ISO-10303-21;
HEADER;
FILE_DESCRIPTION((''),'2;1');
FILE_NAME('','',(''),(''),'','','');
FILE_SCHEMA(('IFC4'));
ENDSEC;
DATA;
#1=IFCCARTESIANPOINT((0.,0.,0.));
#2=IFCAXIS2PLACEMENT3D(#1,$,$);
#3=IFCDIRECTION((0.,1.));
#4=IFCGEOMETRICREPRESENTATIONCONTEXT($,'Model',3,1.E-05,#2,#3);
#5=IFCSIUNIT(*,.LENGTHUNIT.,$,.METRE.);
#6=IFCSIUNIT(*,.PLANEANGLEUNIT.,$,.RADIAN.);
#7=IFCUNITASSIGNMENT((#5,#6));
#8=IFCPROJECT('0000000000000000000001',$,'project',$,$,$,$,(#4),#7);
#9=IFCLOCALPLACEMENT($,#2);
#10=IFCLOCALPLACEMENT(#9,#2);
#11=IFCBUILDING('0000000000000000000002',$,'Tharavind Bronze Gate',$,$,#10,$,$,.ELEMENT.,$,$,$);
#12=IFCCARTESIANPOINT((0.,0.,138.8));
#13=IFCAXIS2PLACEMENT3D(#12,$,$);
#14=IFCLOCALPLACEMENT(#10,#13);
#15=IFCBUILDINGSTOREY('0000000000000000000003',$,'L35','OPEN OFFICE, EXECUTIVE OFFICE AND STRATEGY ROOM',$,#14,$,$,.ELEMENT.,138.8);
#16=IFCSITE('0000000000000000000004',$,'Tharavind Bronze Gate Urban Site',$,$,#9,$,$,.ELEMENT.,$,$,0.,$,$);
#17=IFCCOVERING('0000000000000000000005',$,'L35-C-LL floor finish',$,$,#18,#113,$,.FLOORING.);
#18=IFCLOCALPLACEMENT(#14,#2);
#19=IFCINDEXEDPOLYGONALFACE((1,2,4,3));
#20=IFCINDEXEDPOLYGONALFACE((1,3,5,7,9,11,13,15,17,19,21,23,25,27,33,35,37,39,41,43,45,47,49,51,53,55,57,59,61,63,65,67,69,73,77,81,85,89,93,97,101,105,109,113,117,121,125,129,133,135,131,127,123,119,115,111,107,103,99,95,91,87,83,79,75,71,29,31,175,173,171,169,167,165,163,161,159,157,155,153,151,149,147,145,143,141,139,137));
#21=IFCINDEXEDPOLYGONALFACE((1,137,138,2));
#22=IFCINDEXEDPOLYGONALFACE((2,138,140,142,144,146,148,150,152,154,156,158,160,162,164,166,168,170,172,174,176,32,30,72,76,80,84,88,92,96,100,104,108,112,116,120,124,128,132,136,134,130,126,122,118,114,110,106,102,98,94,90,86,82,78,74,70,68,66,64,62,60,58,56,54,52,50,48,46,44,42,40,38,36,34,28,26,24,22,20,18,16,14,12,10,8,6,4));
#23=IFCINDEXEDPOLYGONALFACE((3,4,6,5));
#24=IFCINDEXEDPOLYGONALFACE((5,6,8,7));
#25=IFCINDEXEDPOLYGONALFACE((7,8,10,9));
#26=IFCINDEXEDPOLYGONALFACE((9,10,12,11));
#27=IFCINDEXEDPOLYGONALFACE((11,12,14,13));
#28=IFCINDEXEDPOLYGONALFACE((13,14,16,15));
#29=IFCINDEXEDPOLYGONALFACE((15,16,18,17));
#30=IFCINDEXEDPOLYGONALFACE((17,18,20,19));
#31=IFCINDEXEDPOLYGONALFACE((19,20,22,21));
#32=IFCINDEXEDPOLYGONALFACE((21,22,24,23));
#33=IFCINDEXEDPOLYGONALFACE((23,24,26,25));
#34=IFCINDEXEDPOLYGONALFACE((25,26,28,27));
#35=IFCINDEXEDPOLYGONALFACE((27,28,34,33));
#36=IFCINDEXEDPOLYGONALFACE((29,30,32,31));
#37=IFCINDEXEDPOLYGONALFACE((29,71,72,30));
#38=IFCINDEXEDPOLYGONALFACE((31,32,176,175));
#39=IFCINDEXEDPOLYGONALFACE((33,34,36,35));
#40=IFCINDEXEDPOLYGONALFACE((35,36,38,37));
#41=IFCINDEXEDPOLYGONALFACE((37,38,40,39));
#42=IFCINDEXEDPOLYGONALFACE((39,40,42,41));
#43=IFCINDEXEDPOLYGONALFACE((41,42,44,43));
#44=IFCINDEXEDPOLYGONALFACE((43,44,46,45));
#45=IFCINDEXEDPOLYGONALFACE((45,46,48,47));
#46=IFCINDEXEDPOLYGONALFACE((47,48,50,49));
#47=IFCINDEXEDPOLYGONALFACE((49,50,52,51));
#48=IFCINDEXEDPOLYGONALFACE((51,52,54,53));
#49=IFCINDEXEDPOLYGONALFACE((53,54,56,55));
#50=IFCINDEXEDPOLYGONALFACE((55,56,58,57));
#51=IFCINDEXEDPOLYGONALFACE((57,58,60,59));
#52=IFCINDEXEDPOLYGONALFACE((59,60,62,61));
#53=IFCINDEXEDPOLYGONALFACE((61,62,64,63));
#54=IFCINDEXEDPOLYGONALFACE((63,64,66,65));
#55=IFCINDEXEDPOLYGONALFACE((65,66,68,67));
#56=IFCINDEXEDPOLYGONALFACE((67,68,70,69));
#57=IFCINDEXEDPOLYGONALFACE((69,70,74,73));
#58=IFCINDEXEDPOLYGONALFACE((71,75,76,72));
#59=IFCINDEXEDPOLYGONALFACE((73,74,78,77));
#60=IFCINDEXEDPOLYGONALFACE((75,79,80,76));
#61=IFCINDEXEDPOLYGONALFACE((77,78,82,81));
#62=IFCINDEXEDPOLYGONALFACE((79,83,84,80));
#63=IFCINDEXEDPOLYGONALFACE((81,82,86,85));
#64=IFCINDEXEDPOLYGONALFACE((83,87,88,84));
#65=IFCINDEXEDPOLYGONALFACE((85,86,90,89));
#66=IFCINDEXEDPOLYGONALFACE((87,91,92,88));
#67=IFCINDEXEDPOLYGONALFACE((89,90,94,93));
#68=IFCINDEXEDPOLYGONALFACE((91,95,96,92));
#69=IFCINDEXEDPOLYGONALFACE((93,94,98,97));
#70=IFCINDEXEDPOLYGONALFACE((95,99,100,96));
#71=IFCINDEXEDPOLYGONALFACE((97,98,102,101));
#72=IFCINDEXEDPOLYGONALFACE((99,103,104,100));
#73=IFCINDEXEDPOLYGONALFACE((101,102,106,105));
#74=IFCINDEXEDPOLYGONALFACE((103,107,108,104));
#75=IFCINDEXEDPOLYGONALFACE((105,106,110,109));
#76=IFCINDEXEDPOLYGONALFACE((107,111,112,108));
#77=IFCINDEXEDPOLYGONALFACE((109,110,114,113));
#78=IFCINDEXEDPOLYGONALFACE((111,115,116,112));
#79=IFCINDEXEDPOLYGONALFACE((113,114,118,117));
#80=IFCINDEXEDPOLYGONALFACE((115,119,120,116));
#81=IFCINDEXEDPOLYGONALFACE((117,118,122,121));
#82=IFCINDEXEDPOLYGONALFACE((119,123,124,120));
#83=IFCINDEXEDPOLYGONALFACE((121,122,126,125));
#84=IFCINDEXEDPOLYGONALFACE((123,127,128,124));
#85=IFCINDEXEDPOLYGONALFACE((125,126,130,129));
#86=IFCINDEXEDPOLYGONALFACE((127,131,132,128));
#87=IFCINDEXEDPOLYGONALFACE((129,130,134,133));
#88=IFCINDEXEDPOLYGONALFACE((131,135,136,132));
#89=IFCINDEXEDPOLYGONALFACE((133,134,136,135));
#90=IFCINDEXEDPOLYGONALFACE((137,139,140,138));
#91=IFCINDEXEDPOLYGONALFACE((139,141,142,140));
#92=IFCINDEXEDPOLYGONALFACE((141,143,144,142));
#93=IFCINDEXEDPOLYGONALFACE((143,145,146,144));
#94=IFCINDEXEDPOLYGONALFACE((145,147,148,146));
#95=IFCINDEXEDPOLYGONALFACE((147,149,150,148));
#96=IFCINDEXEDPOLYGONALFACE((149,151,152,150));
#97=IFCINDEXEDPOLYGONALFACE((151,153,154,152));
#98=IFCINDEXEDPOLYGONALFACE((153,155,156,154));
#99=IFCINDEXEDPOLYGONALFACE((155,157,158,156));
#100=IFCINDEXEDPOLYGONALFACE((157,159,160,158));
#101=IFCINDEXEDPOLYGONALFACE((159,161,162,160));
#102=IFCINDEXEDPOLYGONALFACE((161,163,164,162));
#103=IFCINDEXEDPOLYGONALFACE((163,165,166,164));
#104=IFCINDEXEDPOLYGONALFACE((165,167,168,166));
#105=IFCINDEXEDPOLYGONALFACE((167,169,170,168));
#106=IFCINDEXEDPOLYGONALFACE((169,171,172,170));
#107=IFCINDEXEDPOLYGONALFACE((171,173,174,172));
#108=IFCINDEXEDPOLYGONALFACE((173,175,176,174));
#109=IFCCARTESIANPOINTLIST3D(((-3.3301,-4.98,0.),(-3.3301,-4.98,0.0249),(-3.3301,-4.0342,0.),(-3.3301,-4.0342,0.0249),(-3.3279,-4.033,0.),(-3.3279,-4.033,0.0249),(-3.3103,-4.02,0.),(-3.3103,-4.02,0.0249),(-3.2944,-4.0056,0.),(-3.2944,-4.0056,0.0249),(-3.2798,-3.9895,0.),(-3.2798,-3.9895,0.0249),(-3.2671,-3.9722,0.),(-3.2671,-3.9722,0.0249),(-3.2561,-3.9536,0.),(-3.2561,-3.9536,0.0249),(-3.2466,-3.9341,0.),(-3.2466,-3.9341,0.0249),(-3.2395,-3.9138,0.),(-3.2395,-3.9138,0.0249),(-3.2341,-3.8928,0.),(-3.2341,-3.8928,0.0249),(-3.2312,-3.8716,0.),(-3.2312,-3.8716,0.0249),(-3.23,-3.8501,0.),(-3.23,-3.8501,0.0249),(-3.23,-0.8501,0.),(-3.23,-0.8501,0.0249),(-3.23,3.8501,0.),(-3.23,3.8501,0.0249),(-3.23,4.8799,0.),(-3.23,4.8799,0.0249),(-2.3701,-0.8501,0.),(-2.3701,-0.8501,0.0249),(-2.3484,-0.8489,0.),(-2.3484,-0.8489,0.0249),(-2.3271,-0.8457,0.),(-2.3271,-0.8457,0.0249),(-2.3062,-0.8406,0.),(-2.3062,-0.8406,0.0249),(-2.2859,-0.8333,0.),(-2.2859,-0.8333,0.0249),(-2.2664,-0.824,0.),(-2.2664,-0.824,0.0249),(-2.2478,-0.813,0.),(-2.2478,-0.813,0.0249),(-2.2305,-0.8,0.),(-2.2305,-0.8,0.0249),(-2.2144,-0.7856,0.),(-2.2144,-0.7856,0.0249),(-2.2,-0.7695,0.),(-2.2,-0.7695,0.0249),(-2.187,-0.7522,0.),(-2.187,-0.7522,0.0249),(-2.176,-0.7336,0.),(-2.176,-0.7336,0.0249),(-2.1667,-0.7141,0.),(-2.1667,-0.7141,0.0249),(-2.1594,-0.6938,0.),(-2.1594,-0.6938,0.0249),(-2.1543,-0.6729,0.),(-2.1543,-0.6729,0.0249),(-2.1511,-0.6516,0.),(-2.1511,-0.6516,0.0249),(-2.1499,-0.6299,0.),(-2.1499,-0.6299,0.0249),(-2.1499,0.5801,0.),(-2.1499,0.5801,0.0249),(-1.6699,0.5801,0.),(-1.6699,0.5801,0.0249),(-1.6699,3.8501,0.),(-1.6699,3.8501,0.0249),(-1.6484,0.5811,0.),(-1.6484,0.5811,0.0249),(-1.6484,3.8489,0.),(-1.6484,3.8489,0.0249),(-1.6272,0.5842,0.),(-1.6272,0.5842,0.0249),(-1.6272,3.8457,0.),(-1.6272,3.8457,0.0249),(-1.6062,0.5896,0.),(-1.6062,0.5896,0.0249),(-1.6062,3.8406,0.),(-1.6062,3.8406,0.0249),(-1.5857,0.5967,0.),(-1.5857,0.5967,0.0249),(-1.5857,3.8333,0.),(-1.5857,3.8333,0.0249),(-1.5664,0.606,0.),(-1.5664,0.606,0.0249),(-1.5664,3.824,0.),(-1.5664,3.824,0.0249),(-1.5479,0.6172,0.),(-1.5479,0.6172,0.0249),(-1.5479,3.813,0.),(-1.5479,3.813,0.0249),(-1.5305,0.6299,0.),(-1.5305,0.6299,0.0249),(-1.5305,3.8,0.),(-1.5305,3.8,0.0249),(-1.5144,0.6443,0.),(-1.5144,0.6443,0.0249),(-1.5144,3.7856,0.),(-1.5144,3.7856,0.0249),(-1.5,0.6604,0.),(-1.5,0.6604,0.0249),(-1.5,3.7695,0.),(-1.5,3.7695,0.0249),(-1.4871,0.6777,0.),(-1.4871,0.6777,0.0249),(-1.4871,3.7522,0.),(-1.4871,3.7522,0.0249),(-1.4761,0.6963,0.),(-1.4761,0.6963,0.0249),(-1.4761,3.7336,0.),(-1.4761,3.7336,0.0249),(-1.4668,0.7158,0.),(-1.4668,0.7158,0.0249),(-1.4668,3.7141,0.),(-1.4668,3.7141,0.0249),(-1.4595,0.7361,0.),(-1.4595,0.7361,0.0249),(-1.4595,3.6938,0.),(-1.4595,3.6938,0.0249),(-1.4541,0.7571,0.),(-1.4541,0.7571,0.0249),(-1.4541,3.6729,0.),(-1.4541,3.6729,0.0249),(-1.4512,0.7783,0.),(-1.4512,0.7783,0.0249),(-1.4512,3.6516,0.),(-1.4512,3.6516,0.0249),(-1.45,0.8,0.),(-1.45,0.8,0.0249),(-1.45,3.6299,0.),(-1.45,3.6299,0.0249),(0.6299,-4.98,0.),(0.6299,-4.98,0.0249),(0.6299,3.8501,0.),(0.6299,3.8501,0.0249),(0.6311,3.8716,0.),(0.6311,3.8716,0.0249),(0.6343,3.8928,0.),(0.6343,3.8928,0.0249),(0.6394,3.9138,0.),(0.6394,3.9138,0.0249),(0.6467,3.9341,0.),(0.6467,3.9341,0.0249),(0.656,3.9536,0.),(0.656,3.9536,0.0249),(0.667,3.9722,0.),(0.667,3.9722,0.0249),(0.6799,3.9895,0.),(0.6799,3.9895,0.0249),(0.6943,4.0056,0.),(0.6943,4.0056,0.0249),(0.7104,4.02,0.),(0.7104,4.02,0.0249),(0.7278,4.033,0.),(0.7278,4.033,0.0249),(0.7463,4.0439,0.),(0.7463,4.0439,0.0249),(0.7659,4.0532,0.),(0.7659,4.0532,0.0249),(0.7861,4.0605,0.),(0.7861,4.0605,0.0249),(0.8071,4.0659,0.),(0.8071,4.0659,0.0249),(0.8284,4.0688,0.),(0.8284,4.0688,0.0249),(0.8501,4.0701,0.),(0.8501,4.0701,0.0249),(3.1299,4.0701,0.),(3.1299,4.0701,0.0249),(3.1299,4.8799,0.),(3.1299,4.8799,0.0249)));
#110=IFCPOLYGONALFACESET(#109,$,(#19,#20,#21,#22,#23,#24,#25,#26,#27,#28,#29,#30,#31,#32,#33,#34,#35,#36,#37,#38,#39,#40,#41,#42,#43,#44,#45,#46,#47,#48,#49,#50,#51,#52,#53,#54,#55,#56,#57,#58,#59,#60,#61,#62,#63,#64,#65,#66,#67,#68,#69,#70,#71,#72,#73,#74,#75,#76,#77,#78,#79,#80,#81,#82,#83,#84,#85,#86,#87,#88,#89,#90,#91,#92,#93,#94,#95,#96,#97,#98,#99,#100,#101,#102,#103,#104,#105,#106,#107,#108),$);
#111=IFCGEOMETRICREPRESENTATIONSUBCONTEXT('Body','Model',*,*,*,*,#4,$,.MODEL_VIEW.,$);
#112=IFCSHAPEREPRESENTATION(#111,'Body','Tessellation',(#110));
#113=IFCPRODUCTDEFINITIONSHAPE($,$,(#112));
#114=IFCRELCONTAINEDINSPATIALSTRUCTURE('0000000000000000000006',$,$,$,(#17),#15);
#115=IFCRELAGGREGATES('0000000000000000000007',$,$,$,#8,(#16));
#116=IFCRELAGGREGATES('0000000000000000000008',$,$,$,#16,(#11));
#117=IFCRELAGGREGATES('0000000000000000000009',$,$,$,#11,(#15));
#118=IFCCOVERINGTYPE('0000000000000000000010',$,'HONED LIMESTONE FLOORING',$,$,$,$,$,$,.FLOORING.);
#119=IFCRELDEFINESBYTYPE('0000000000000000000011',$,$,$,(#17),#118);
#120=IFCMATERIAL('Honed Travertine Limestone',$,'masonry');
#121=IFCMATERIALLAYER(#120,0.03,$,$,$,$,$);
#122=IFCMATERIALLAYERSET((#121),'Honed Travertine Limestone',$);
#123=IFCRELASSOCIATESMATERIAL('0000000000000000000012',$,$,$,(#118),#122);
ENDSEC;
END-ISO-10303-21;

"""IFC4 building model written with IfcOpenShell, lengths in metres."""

from ifc_helpers import new_model, si_unit, direction, frame, origin, place, context, subcontext, project, spatial, polyline, outline, extrude, material, layer, layer_set, type_object, element, save


model = new_model("IFC4")

# Units and contexts
model_context = context("Model", 3, precision=1e-05, world=origin(), true_north=direction((0.0, 1.0)))
body_context = subcontext(model_context, "Body", "Model", "MODEL_VIEW")
ifc_project = project(units=[si_unit("LENGTHUNIT", "METRE"), si_unit("PLANEANGLEUNIT", "RADIAN")], contexts=[model_context])

# Site, building, storey
site_placement = place(None, origin())
site = spatial("IfcSite", under=ifc_project, at=site_placement, Name="Tharavind Bronze Gate Urban Site", CompositionType="ELEMENT", RefElevation=0.0)
building_placement = place(site_placement, origin())
building = spatial("IfcBuilding", under=site, at=building_placement, Name="Tharavind Bronze Gate", CompositionType="ELEMENT")
storey_placement = place(building_placement, frame((0.0, 0.0, 138.8)))
storey = spatial("IfcBuildingStorey", under=building, at=storey_placement, Name="L35", Description="OPEN OFFICE, EXECUTIVE OFFICE AND STRATEGY ROOM", CompositionType="ELEMENT", Elevation=138.8)

# Covering
ifc_material_1 = material(Name="Honed Travertine Limestone", Category="masonry")
ifc_layer_1 = layer(ifc_material_1, 0.03)
ifc_layer_set_1 = layer_set([ifc_layer_1], Name="Honed Travertine Limestone")
covering_type_1 = type_object("IfcCoveringType", Name="HONED LIMESTONE FLOORING", PredefinedType="FLOORING", material=ifc_layer_set_1)
covering_1_placement = place(storey_placement, origin())
element("IfcCovering", 1, at=covering_1_placement, inside=storey, type_object=covering_type_1, Name="L35-C-LL floor finish", PredefinedType="FLOORING", context=body_context, shape_type="SweptSolid", body=[
    extrude(outline(polyline([(-3.3301, -4.98), (0.6299, -4.98), (0.6299, 3.8501), (0.6311, 3.8716), (0.6343, 3.8928), (0.6394, 3.9138), (0.6467, 3.9341), (0.656, 3.9536), (0.667, 3.9722), (0.6799, 3.9895), (0.6943, 4.0056), (0.7104, 4.02), (0.7278, 4.033), (0.7463, 4.0439), (0.7659, 4.0532), (0.7861, 4.0605), (0.8071, 4.0659), (0.8284, 4.0688), (0.8501, 4.0701), (3.1299, 4.0701), (3.1299, 4.8799), (-3.23, 4.8799), (-3.23, 3.8501), (-1.6699, 3.8501), (-1.6484, 3.8489), (-1.6272, 3.8457), (-1.6062, 3.8406), (-1.5857, 3.8333), (-1.5664, 3.824), (-1.5479, 3.813), (-1.5305, 3.8), (-1.5144, 3.7856), (-1.5, 3.7695), (-1.4871, 3.7522), (-1.4761, 3.7336), (-1.4668, 3.7141), (-1.4595, 3.6938), (-1.4541, 3.6729), (-1.4512, 3.6516), (-1.45, 3.6299), (-1.45, 0.8), (-1.4512, 0.7783), (-1.4541, 0.7571), (-1.4595, 0.7361), (-1.4668, 0.7158), (-1.4761, 0.6963), (-1.4871, 0.6777), (-1.5, 0.6604), (-1.5144, 0.6443), (-1.5305, 0.6299), (-1.5479, 0.6172), (-1.5664, 0.606), (-1.5857, 0.5967), (-1.6062, 0.5896), (-1.6272, 0.5842), (-1.6484, 0.5811), (-1.6699, 0.5801), (-2.1499, 0.5801), (-2.1499, -0.6299), (-2.1511, -0.6516), (-2.1543, -0.6729), (-2.1594, -0.6938), (-2.1667, -0.7141), (-2.176, -0.7336), (-2.187, -0.7522), (-2.2, -0.7695), (-2.2144, -0.7856), (-2.2305, -0.8), (-2.2478, -0.813), (-2.2664, -0.824), (-2.2859, -0.8333), (-2.3062, -0.8406), (-2.3271, -0.8457), (-2.3484, -0.8489), (-2.3701, -0.8501), (-3.23, -0.8501), (-3.23, -3.8501), (-3.2312, -3.8716), (-3.2341, -3.8928), (-3.2395, -3.9138), (-3.2466, -3.9341), (-3.2561, -3.9536), (-3.2671, -3.9722), (-3.2798, -3.9895), (-3.2944, -4.0056), (-3.3103, -4.02), (-3.3279, -4.033), (-3.3301, -4.0342), (-3.3301, -4.98)])), origin(), (0.0, 0.0, 1.0), 0.0249),
])

save(model, "model.ifc")
